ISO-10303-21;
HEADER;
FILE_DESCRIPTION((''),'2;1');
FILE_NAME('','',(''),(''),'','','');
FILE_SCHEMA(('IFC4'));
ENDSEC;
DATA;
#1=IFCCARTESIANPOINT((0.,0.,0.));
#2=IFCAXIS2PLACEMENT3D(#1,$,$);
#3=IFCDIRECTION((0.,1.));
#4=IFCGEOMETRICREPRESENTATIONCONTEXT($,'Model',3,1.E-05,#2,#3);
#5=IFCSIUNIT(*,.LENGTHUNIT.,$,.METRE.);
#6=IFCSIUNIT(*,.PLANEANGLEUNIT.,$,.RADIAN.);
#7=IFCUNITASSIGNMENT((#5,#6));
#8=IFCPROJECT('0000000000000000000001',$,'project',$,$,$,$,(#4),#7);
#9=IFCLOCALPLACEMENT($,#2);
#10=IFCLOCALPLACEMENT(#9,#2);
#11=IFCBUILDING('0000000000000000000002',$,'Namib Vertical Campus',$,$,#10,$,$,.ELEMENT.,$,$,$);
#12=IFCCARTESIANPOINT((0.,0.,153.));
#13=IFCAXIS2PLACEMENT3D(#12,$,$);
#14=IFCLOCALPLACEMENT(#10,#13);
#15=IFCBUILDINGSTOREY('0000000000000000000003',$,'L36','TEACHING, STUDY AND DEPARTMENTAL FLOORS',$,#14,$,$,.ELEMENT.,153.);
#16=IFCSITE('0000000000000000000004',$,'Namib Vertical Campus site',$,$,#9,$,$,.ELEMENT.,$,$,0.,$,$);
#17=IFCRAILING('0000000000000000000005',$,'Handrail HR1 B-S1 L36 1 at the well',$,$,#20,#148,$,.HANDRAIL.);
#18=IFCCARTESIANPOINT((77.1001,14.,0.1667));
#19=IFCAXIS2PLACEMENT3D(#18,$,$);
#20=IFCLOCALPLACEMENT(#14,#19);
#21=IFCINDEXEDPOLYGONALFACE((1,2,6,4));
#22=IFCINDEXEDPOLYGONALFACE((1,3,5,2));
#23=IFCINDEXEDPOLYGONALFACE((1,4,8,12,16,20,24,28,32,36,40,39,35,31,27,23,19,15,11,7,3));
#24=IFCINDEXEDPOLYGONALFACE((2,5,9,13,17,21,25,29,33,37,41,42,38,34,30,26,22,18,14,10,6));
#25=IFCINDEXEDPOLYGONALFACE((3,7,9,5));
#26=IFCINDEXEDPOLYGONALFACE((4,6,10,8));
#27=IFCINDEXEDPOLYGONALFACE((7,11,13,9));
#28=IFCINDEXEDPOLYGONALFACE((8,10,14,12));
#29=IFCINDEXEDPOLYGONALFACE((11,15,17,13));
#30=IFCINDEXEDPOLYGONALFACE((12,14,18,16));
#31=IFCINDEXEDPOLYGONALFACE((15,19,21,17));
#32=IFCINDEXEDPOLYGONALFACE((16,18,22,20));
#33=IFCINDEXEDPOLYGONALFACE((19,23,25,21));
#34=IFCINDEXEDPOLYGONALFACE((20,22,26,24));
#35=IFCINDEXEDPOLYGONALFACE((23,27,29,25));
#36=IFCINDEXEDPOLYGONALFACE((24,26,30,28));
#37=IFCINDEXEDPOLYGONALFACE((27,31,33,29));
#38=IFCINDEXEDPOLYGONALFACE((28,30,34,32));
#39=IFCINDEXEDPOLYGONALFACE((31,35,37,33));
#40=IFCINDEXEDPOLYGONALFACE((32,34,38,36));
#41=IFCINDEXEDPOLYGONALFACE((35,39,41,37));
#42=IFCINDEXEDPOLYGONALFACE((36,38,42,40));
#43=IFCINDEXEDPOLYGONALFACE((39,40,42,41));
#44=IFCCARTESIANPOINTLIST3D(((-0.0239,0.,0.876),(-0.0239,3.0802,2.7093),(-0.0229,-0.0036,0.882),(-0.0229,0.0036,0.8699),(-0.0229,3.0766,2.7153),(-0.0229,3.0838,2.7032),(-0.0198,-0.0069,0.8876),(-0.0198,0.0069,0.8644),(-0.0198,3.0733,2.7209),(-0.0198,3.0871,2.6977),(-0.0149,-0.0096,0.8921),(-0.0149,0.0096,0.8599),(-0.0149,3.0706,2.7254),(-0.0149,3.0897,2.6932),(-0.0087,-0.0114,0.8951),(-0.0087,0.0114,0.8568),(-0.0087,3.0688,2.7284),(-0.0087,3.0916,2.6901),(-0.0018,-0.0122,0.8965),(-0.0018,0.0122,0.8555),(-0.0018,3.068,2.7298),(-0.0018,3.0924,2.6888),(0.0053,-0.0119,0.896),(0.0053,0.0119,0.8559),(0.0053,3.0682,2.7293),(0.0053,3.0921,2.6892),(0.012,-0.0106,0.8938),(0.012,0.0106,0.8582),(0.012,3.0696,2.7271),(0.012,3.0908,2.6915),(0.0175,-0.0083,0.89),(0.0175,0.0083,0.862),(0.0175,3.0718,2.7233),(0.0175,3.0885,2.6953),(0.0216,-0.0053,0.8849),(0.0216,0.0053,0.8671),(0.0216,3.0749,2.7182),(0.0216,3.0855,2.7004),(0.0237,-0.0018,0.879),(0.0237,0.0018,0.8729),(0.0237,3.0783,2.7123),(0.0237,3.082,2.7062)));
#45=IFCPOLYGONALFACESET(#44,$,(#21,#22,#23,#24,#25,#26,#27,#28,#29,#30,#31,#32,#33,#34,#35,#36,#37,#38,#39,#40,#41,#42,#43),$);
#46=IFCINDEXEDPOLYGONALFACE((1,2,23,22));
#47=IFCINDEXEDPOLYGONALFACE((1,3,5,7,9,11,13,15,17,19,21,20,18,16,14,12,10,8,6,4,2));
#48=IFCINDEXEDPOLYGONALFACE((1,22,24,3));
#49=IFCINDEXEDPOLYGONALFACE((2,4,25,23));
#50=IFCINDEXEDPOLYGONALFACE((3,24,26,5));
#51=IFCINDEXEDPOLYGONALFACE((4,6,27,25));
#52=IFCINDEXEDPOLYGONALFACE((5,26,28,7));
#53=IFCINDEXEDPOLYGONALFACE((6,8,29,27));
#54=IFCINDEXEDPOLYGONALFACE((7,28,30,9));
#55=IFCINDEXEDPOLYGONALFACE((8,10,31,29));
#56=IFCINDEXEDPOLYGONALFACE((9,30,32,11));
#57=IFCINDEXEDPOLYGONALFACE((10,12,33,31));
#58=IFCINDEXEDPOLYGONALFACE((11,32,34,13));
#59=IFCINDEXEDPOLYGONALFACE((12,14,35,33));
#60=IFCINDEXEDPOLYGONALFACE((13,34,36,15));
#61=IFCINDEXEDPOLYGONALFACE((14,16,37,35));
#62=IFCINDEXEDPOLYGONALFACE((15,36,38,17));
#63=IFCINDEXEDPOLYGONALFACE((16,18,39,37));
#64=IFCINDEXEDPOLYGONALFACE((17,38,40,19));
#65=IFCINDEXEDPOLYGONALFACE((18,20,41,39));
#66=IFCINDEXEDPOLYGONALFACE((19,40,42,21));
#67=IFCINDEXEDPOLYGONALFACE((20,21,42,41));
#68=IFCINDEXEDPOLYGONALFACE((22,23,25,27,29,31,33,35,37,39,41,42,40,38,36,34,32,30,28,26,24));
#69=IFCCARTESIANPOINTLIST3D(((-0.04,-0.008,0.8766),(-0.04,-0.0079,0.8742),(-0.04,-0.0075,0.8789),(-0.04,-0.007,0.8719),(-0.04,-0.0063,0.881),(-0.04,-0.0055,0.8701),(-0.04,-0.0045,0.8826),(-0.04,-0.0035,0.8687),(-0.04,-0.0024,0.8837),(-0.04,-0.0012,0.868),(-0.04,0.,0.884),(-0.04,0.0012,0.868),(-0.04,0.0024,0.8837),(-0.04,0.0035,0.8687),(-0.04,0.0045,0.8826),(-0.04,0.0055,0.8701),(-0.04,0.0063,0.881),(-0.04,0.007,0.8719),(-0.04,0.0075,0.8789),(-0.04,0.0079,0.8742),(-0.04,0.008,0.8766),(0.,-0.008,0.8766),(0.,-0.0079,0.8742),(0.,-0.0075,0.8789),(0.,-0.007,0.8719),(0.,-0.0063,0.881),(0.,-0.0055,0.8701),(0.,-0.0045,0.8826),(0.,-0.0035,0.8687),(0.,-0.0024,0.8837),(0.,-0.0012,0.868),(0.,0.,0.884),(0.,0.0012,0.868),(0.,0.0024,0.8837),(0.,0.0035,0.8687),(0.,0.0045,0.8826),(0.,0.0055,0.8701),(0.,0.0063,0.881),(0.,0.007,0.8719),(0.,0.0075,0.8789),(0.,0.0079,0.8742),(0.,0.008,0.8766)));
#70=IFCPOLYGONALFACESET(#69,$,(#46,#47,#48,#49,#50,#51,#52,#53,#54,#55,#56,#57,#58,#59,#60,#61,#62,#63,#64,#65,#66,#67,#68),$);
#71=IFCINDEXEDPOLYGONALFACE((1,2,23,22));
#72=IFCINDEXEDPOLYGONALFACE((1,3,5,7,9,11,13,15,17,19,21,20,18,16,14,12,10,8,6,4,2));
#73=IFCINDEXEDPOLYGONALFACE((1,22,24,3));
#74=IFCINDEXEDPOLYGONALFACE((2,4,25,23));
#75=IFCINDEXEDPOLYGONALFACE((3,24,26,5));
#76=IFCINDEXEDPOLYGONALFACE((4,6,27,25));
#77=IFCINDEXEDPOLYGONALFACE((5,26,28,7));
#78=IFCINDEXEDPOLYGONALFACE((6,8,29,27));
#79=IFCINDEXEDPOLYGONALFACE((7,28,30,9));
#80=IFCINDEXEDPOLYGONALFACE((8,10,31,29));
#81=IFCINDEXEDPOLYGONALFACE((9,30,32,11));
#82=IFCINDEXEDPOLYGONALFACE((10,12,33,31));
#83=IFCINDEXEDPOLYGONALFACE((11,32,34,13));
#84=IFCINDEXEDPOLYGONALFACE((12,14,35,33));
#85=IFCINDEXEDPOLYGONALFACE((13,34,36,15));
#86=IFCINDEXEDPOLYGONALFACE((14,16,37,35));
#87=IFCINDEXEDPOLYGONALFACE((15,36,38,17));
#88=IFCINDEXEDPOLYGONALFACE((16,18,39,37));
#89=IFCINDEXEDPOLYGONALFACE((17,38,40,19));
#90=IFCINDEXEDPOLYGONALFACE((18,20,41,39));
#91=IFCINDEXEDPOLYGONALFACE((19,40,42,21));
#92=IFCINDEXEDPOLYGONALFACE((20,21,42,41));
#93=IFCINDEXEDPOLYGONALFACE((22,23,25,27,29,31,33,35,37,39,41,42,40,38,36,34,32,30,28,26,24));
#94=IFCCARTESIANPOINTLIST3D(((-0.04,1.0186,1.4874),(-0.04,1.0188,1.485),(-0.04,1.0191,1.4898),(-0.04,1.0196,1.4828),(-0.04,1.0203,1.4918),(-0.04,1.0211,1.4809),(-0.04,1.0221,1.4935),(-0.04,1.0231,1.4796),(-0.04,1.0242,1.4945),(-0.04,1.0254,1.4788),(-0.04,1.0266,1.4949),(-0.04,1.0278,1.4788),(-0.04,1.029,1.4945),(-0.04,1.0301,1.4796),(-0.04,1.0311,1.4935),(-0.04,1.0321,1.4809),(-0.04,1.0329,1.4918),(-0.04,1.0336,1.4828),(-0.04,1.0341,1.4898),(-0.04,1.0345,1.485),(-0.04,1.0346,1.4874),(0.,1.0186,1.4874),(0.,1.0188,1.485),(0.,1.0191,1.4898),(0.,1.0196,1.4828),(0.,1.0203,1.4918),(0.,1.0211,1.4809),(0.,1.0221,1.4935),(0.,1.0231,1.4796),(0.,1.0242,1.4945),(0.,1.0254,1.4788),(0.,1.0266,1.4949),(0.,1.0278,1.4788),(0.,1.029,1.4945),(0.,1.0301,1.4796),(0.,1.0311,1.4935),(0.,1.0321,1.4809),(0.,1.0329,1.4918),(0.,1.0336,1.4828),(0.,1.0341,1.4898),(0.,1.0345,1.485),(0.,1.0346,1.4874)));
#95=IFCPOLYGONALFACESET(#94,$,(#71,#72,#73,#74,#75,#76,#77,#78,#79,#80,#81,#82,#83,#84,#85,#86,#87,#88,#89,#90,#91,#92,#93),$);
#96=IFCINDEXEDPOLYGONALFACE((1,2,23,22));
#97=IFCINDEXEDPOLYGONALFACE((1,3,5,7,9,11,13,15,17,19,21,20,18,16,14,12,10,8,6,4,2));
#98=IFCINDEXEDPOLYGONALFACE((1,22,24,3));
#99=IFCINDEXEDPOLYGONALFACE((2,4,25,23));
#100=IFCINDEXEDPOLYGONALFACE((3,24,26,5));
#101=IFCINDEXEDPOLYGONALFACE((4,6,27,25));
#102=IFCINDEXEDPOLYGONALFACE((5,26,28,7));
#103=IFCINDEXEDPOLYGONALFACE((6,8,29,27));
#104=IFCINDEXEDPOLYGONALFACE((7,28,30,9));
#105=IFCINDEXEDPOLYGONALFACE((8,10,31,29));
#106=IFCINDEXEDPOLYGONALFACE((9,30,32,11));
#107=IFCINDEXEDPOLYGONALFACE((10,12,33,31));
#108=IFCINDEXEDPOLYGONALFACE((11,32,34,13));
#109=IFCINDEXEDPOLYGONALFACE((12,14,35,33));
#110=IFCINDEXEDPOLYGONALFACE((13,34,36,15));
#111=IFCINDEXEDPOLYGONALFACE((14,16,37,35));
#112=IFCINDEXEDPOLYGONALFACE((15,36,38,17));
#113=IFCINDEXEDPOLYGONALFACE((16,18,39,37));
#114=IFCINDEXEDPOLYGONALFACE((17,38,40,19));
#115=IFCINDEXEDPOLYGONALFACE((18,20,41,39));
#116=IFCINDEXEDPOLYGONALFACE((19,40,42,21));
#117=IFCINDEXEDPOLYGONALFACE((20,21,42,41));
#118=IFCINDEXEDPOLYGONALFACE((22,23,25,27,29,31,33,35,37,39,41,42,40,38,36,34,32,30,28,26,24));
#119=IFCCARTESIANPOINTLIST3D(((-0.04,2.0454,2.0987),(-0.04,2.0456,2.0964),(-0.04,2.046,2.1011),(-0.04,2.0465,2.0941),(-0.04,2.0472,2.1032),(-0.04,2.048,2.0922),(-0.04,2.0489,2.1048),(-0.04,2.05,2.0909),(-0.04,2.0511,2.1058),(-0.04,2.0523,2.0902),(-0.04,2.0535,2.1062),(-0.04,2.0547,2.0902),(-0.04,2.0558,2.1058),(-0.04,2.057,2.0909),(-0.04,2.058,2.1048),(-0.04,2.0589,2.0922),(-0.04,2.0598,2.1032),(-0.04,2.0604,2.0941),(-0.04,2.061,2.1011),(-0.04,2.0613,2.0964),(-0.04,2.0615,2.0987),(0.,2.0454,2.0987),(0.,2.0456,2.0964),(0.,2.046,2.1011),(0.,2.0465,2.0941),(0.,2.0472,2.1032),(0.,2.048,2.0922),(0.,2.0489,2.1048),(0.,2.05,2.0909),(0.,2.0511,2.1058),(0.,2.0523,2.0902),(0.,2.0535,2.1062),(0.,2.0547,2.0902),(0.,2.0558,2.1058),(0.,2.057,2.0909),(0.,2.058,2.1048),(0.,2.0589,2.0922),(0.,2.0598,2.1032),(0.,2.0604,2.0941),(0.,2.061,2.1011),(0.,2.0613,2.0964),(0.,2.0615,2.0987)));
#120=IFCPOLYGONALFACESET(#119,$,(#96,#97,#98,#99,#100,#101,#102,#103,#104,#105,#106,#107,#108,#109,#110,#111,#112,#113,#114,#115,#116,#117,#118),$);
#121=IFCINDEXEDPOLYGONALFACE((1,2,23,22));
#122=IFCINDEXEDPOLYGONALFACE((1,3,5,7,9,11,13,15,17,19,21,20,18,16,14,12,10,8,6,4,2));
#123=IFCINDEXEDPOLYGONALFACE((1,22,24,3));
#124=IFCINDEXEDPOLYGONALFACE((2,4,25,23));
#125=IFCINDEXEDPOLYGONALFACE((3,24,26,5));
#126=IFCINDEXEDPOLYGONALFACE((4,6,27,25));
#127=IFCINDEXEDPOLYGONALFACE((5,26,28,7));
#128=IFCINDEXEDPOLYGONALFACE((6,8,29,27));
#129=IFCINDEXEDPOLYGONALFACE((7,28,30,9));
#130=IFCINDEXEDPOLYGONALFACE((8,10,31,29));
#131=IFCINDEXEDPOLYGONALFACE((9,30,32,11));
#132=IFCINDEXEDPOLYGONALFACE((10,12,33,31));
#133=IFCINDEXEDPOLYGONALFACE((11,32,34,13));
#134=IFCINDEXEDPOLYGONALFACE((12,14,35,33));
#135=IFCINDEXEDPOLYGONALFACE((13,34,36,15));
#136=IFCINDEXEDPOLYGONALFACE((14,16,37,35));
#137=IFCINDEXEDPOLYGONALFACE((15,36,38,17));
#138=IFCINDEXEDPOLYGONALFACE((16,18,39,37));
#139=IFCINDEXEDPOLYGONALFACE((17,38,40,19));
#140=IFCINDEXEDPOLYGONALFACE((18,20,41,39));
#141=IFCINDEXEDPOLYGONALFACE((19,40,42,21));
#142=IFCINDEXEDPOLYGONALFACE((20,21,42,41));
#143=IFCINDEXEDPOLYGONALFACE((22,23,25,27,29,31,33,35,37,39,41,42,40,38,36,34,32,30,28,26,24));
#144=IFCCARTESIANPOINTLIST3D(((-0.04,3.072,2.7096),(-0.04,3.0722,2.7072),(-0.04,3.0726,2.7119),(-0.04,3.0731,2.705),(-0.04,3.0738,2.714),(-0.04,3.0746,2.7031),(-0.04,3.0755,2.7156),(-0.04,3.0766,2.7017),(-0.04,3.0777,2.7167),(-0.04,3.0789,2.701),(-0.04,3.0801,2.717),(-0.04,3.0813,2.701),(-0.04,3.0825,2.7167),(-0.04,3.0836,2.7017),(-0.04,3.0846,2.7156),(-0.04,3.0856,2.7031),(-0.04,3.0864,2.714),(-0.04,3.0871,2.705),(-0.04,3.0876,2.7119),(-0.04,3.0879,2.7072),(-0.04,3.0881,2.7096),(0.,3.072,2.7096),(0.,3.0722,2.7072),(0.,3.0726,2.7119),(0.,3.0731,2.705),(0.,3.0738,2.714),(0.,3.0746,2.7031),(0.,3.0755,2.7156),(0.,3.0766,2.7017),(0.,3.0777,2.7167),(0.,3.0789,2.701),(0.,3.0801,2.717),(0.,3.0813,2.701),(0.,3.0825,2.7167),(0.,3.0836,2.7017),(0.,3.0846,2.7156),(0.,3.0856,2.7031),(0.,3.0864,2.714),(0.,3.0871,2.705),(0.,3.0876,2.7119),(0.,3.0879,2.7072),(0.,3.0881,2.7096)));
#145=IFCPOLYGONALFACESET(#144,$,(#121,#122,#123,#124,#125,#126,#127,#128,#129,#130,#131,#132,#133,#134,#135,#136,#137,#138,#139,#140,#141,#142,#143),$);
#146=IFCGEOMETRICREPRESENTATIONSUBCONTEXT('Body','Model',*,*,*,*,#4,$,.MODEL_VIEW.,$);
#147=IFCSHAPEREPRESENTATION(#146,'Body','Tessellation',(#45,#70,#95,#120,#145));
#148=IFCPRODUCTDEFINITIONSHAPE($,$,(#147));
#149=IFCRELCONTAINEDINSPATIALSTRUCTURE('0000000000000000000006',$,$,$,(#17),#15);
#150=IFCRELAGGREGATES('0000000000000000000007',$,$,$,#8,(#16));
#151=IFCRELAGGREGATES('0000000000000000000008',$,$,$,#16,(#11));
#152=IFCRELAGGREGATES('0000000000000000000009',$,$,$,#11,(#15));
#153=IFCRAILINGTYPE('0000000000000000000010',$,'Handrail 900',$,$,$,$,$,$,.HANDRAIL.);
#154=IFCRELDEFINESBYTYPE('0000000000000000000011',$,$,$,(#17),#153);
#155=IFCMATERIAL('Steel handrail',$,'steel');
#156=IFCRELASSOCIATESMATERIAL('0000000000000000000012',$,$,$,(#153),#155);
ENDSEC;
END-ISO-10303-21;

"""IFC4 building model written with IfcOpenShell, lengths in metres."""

from ifc_helpers import new_model, si_unit, direction, frame, origin, origin_2d, place, context, subcontext, project, spatial, circle, extrude, material, type_object, element, save


model = new_model("IFC4")

# Units and contexts
model_context = context("Model", 3, precision=1e-05, world=origin(), true_north=direction((0.0, 1.0)))
body_context = subcontext(model_context, "Body", "Model", "MODEL_VIEW")
ifc_project = project(units=[si_unit("LENGTHUNIT", "METRE"), si_unit("PLANEANGLEUNIT", "RADIAN")], contexts=[model_context])

# Site, building, storey
site_placement = place(None, origin())
site = spatial("IfcSite", under=ifc_project, at=site_placement, Name="Namib Vertical Campus site", CompositionType="ELEMENT", RefElevation=0.0)
building_placement = place(site_placement, origin())
building = spatial("IfcBuilding", under=site, at=building_placement, Name="Namib Vertical Campus", CompositionType="ELEMENT")
storey_placement = place(building_placement, frame((0.0, 0.0, 153.0)))
storey = spatial("IfcBuildingStorey", under=building, at=storey_placement, Name="L36", Description="TEACHING, STUDY AND DEPARTMENTAL FLOORS", CompositionType="ELEMENT", Elevation=153.0)

# Railing
ifc_material_1 = material(Name="Steel handrail", Category="steel")
railing_type_1 = type_object("IfcRailingType", Name="Handrail 900", PredefinedType="HANDRAIL", material=ifc_material_1)
railing_1_placement = place(storey_placement, frame((77.1001, 14.0, 0.1667)))
element("IfcRailing", 1, at=railing_1_placement, inside=storey, type_object=railing_type_1, Name="Handrail HR1 B-S1 L36 1 at the well", PredefinedType="HANDRAIL", context=body_context, shape_type="SweptSolid", body=[
    extrude(circle(Radius=0.0239, at=origin_2d()), frame((0.0, 0.0, 0.876), z_axis=(0.0, 0.859309, 0.511458), x_axis=(-1.0, 0.0, 0.0)), (0.0, 0.0, 1.0), 3.5845),
    extrude(circle(Radius=0.0081, at=origin_2d()), frame((0.0, 0.0, 0.876), z_axis=(-1.0, 0.0, 0.0), x_axis=(0.0, 0.0, 1.0)), (0.0, 0.0, 1.0), 0.04),
    extrude(circle(Radius=0.0081, at=origin_2d()), frame((0.0, 1.0266, 1.4868), z_axis=(-1.0, 0.0, 0.0), x_axis=(0.0, 0.0, 1.0)), (0.0, 0.0, 1.0), 0.04),
    extrude(circle(Radius=0.0081, at=origin_2d()), frame((0.0, 2.0535, 2.0981), z_axis=(-1.0, 0.0, 0.0), x_axis=(0.0, 0.0, 1.0)), (0.0, 0.0, 1.0), 0.04),
    extrude(circle(Radius=0.0081, at=origin_2d()), frame((0.0, 3.0801, 2.709), z_axis=(-1.0, 0.0, 0.0), x_axis=(0.0, 0.0, 1.0)), (0.0, 0.0, 1.0), 0.04),
])

save(model, "model.ifc")
